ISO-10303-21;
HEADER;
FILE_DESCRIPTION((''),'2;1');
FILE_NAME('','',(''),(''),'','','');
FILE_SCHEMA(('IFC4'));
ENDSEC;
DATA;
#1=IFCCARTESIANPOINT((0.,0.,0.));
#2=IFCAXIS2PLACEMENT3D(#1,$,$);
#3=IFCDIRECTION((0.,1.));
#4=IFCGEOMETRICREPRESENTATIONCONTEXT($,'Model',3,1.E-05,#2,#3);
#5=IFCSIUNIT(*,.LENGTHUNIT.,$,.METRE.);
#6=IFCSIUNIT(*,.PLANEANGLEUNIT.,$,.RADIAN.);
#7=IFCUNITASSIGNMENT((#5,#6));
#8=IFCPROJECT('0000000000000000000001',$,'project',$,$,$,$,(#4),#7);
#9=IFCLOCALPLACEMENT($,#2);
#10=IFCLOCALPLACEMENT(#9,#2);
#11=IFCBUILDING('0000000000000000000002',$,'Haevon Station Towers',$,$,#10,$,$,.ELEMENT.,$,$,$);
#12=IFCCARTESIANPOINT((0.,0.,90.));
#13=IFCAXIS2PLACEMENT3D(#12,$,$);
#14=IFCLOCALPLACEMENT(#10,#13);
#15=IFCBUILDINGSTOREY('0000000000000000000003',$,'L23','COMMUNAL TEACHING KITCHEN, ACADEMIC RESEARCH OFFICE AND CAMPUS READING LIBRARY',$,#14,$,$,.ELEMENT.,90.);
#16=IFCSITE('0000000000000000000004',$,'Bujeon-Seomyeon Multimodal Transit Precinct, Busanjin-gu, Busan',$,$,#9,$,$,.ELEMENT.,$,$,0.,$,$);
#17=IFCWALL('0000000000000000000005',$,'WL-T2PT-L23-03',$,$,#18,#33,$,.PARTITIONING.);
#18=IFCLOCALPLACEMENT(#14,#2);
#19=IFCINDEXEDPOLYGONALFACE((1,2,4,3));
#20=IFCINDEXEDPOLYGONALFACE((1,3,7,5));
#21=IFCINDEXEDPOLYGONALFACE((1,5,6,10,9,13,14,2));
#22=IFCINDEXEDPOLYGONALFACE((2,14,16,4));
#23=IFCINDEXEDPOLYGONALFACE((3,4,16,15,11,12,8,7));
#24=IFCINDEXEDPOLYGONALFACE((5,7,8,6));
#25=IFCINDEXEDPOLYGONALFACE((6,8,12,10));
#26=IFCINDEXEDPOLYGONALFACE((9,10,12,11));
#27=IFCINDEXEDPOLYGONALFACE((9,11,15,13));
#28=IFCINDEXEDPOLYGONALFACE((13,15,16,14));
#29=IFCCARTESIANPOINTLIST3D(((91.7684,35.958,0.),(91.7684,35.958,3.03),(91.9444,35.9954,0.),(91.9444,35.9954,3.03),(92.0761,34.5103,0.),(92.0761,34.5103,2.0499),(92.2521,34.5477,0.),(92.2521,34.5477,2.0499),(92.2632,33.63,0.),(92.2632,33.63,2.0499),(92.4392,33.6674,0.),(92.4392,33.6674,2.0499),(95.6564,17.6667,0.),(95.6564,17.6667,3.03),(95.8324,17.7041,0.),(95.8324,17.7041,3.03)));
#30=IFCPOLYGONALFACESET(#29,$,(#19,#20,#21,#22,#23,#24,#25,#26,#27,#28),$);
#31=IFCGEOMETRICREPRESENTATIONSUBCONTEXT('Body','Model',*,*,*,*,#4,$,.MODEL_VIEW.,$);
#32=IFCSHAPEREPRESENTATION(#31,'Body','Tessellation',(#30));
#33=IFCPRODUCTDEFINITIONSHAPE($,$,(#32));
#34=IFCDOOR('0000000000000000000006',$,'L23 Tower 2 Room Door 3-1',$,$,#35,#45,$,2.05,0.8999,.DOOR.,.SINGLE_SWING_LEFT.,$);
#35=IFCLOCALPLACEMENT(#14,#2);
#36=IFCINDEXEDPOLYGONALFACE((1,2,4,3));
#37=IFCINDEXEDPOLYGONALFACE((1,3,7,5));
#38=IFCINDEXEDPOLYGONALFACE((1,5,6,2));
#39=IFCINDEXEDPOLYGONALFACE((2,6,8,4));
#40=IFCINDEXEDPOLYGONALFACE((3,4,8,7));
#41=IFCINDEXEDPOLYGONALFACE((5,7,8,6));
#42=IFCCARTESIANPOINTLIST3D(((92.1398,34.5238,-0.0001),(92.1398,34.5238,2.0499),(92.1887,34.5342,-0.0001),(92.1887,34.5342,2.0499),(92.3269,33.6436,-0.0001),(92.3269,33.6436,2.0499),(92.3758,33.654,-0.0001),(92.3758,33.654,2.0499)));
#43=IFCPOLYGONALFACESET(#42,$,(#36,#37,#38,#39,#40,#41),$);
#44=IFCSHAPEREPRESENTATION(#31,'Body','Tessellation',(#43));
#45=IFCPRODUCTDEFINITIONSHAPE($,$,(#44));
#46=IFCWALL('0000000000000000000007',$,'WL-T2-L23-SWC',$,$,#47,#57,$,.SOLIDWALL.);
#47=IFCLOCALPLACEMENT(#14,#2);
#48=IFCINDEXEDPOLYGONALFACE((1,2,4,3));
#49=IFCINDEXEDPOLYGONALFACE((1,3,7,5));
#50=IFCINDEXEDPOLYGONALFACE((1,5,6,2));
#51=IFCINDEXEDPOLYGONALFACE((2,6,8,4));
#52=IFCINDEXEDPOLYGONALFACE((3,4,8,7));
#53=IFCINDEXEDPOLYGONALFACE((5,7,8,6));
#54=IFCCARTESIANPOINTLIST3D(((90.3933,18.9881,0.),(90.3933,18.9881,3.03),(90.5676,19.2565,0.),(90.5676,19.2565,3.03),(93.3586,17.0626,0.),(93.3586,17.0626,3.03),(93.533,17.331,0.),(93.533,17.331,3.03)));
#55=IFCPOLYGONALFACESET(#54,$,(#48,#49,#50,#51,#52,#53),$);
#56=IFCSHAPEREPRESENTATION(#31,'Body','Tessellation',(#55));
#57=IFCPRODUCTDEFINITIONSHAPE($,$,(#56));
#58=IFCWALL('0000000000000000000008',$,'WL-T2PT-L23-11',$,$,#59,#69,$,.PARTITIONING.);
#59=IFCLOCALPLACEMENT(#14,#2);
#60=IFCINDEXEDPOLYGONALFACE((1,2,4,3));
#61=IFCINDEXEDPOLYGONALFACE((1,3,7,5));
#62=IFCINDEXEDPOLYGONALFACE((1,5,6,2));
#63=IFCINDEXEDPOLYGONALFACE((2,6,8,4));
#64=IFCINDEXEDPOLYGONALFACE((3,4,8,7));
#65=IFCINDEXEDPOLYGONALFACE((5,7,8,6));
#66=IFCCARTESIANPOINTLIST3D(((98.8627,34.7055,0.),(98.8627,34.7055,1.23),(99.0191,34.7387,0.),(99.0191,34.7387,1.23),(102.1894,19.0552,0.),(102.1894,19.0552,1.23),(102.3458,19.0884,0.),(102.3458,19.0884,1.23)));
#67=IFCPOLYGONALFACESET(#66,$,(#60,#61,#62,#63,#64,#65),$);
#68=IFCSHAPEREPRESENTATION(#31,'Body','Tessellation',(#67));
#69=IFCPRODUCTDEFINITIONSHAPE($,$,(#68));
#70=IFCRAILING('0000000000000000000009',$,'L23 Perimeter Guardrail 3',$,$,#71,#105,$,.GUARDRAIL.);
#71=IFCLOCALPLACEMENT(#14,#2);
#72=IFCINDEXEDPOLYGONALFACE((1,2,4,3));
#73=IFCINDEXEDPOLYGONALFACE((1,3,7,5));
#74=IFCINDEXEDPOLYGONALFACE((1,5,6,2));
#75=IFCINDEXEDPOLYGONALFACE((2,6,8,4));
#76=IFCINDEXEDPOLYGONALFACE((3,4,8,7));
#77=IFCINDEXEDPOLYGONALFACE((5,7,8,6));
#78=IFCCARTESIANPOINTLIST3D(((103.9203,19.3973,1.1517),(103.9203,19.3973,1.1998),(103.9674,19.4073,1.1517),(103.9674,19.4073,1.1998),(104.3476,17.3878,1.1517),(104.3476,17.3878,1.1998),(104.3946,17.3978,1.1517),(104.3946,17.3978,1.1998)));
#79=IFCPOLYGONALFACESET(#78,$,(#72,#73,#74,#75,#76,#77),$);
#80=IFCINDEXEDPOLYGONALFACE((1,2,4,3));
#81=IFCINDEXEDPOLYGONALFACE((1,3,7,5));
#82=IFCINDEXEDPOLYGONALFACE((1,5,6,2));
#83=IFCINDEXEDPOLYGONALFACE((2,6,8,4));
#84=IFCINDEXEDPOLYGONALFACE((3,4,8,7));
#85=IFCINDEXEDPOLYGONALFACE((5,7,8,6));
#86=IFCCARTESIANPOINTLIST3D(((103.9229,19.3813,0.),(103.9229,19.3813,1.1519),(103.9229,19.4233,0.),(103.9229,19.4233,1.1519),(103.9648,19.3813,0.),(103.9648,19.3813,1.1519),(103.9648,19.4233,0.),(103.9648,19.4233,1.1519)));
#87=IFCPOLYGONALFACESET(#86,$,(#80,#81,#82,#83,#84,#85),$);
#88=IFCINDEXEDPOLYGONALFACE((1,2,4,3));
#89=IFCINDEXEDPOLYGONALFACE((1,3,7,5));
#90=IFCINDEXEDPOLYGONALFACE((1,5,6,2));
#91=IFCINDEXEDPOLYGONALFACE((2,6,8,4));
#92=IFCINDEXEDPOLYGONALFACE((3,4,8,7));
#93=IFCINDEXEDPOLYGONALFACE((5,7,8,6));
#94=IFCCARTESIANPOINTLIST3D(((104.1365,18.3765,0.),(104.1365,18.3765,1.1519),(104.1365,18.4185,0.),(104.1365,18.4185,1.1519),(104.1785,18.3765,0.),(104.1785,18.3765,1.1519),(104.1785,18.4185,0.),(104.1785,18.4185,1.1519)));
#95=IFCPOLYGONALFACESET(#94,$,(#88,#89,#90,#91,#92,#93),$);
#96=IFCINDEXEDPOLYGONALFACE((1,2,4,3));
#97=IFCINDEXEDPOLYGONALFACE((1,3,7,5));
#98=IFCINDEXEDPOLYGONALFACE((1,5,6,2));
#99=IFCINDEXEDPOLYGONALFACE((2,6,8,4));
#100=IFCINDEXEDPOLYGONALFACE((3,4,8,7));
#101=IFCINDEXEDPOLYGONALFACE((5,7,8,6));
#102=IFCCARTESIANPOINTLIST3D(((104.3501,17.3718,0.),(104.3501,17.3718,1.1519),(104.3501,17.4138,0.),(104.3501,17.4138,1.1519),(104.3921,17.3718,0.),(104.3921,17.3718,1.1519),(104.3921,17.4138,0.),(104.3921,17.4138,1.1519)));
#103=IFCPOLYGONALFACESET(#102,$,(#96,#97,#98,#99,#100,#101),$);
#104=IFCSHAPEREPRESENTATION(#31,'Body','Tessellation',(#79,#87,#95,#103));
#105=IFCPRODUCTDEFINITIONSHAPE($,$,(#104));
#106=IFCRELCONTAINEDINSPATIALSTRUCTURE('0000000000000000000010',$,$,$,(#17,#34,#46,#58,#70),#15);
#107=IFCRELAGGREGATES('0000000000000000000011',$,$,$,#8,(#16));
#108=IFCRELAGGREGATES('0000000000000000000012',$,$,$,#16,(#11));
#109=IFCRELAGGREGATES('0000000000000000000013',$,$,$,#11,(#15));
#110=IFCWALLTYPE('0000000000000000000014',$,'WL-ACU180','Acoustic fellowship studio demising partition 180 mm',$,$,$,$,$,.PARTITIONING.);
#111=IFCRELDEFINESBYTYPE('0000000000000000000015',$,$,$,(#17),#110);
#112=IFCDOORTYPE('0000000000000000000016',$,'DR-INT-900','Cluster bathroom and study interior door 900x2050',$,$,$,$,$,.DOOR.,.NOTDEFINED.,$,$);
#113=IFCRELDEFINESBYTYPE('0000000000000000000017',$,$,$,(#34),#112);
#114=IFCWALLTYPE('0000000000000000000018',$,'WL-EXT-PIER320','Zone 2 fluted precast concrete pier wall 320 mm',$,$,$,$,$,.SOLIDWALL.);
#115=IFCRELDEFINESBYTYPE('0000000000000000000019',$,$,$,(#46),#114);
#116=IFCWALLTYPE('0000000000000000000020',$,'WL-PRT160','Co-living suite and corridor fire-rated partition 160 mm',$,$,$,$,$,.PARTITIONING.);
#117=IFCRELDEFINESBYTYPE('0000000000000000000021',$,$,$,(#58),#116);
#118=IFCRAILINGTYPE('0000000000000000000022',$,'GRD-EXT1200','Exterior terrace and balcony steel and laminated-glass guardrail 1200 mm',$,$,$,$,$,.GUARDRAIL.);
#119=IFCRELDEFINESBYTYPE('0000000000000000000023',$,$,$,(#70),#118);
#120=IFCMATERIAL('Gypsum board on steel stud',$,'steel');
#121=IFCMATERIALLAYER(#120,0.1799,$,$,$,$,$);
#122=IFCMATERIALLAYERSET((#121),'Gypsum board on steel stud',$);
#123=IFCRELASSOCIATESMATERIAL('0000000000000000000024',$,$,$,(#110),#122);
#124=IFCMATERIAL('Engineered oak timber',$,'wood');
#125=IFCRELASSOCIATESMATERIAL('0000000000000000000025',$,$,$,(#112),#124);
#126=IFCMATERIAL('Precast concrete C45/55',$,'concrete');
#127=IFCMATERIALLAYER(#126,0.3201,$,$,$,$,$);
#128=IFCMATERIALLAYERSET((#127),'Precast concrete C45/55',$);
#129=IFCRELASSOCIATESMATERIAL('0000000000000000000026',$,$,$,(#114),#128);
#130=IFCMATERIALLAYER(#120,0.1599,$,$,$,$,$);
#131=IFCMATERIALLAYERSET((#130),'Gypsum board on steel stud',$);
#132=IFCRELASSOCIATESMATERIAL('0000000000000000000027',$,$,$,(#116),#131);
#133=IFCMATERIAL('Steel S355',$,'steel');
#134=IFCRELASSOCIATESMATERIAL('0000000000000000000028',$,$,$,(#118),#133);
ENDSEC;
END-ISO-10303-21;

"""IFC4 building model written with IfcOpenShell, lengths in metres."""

from ifc_helpers import new_model, si_unit, direction, frame, frame_2d, origin, origin_2d, place, context, subcontext, project, spatial, rectangle, extrude, material, layer, layer_set, type_object, element, fill, save


model = new_model("IFC4")

# Units and contexts
model_context = context("Model", 3, precision=1e-05, world=origin(), true_north=direction((0.0, 1.0)))
body_context = subcontext(model_context, "Body", "Model", "MODEL_VIEW")
ifc_project = project(units=[si_unit("LENGTHUNIT", "METRE"), si_unit("PLANEANGLEUNIT", "RADIAN")], contexts=[model_context])

# Site, building, storey
site_placement = place(None, origin())
site = spatial("IfcSite", under=ifc_project, at=site_placement, Name="Bujeon-Seomyeon Multimodal Transit Precinct, Busanjin-gu, Busan", CompositionType="ELEMENT", RefElevation=0.0)
building_placement = place(site_placement, origin())
building = spatial("IfcBuilding", under=site, at=building_placement, Name="Haevon Station Towers", CompositionType="ELEMENT")
storey_placement = place(building_placement, frame((0.0, 0.0, 90.0)))
storey = spatial("IfcBuildingStorey", under=building, at=storey_placement, Name="L23", Description="COMMUNAL TEACHING KITCHEN, ACADEMIC RESEARCH OFFICE AND CAMPUS READING LIBRARY", CompositionType="ELEMENT", Elevation=90.0)

# Wall, opening, door
ifc_material_1 = material(Name="Gypsum board on steel stud", Category="steel")
ifc_layer_1 = layer(ifc_material_1, 0.1799)
ifc_layer_set_1 = layer_set([ifc_layer_1], Name="Gypsum board on steel stud")
wall_type_1 = type_object("IfcWallType", Name="WL-ACU180", Description="Acoustic fellowship studio demising partition 180 mm", PredefinedType="PARTITIONING", material=ifc_layer_set_1)
wall_1_placement = place(storey_placement, frame((95.7444, 17.6853, 0.0), z_axis=(0.0, 0.0, 1.0), x_axis=(-0.207912, 0.978147, 0.0)))
wall_1 = element("IfcWall", 1, at=wall_1_placement, inside=storey, type_object=wall_type_1, Name="WL-T2PT-L23-03", PredefinedType="PARTITIONING", context=body_context, shape_type="SweptSolid", body=[
    extrude(rectangle(XDim=18.7, YDim=0.1799, at=frame_2d((9.3501, 0.0))), origin(), (0.0, 0.0, 1.0), 3.03),
])
opening_placement = place(wall_1_placement, frame((16.3201, 0.0, 0.0)))
opening = element("IfcOpeningElement", 2, at=opening_placement, cuts=wall_1, PredefinedType="OPENING", context=body_context, shape_type="SweptSolid", body=[
    extrude(rectangle(XDim=0.8999, YDim=2.05, at=frame_2d((0.45, 1.0249))), frame((0.0, 0.0999, 0.0), z_axis=(0.0, -1.0, 0.0), x_axis=(1.0, 0.0, 0.0)), (0.0, 0.0, 1.0), 0.2),
])
ifc_material_2 = material(Name="Engineered oak timber", Category="wood")
door_type = type_object("IfcDoorType", Name="DR-INT-900", Description="Cluster bathroom and study interior door 900x2050", OperationType="NOTDEFINED", PredefinedType="DOOR", material=ifc_material_2)
door_placement = place(opening_placement, origin())
door = element("IfcDoor", 3, at=door_placement, inside=storey, type_object=door_type, Name="L23 Tower 2 Room Door 3-1", OperationType="SINGLE_SWING_LEFT", OverallHeight=2.05, OverallWidth=0.8999, PredefinedType="DOOR", context=body_context, shape_type="SweptSolid", body=[
    extrude(rectangle(XDim=0.8999, YDim=2.05, at=frame_2d((0.45, 1.0249))), frame((0.0, 0.0249, 0.0), z_axis=(0.0, -1.0, 0.0), x_axis=(1.0, 0.0, 0.0)), (0.0, 0.0, 1.0), 0.05),
])
fill(opening, door)

# Walls
ifc_material_3 = material(Name="Precast concrete C45/55", Category="concrete")
ifc_layer_2 = layer(ifc_material_3, 0.3201)
ifc_layer_set_2 = layer_set([ifc_layer_2], Name="Precast concrete C45/55")
wall_type_2 = type_object("IfcWallType", Name="WL-EXT-PIER320", Description="Zone 2 fluted precast concrete pier wall 320 mm", PredefinedType="SOLIDWALL", material=ifc_layer_set_2)
wall_2_placement = place(storey_placement, frame((93.4458, 17.1968, 0.0), z_axis=(0.0, 0.0, 1.0), x_axis=(-0.838693, 0.544605, 0.0)))
element("IfcWall", 4, at=wall_2_placement, inside=storey, type_object=wall_type_2, Name="WL-T2-L23-SWC", PredefinedType="SOLIDWALL", context=body_context, shape_type="SweptSolid", body=[
    extrude(rectangle(XDim=3.5356, YDim=0.3201, at=frame_2d((1.7678, 0.0))), origin(), (0.0, 0.0, 1.0), 3.03),
])
ifc_layer_3 = layer(ifc_material_1, 0.1599)
ifc_layer_set_3 = layer_set([ifc_layer_3], Name="Gypsum board on steel stud")
wall_type_3 = type_object("IfcWallType", Name="WL-PRT160", Description="Co-living suite and corridor fire-rated partition 160 mm", PredefinedType="PARTITIONING", material=ifc_layer_set_3)
wall_3_placement = place(storey_placement, frame((102.2676, 19.0718, 0.0), z_axis=(0.0, 0.0, 1.0), x_axis=(-0.207916, 0.978147, 0.0)))
element("IfcWall", 5, at=wall_3_placement, inside=storey, type_object=wall_type_3, Name="WL-T2PT-L23-11", PredefinedType="PARTITIONING", context=body_context, shape_type="SweptSolid", body=[
    extrude(rectangle(XDim=16.0, YDim=0.1599, at=frame_2d((8.0, 0.0))), origin(), (0.0, 0.0, 1.0), 1.23),
])

# Railing
ifc_material_4 = material(Name="Steel S355", Category="steel")
railing_type = type_object("IfcRailingType", Name="GRD-EXT1200", Description="Exterior terrace and balcony steel and laminated-glass guardrail 1200 mm", PredefinedType="GUARDRAIL", material=ifc_material_4)
railing_placement = place(storey_placement, frame((103.9438, 19.4023, 0.0)))
element("IfcRailing", 6, at=railing_placement, inside=storey, type_object=railing_type, Name="L23 Perimeter Guardrail 3", PredefinedType="GUARDRAIL", context=body_context, shape_type="SweptSolid", body=[
    extrude(rectangle(XDim=0.0481, YDim=0.0481, at=origin_2d()), frame((0.0, 0.0, 1.1758), z_axis=(0.207963, -0.978137, 0.0), x_axis=(0.978137, 0.207963, 0.0)), (0.0, 0.0, 1.0), 2.0544),
    extrude(rectangle(XDim=0.042, YDim=0.042, at=origin_2d()), origin(), (0.0, 0.0, 1.0), 1.1519),
    extrude(rectangle(XDim=0.042, YDim=0.042, at=origin_2d()), frame((0.2136, -1.0049, 0.0)), (0.0, 0.0, 1.0), 1.1519),
    extrude(rectangle(XDim=0.042, YDim=0.042, at=origin_2d()), frame((0.4272, -2.0095, 0.0)), (0.0, 0.0, 1.0), 1.1519),
])

save(model, "model.ifc")
